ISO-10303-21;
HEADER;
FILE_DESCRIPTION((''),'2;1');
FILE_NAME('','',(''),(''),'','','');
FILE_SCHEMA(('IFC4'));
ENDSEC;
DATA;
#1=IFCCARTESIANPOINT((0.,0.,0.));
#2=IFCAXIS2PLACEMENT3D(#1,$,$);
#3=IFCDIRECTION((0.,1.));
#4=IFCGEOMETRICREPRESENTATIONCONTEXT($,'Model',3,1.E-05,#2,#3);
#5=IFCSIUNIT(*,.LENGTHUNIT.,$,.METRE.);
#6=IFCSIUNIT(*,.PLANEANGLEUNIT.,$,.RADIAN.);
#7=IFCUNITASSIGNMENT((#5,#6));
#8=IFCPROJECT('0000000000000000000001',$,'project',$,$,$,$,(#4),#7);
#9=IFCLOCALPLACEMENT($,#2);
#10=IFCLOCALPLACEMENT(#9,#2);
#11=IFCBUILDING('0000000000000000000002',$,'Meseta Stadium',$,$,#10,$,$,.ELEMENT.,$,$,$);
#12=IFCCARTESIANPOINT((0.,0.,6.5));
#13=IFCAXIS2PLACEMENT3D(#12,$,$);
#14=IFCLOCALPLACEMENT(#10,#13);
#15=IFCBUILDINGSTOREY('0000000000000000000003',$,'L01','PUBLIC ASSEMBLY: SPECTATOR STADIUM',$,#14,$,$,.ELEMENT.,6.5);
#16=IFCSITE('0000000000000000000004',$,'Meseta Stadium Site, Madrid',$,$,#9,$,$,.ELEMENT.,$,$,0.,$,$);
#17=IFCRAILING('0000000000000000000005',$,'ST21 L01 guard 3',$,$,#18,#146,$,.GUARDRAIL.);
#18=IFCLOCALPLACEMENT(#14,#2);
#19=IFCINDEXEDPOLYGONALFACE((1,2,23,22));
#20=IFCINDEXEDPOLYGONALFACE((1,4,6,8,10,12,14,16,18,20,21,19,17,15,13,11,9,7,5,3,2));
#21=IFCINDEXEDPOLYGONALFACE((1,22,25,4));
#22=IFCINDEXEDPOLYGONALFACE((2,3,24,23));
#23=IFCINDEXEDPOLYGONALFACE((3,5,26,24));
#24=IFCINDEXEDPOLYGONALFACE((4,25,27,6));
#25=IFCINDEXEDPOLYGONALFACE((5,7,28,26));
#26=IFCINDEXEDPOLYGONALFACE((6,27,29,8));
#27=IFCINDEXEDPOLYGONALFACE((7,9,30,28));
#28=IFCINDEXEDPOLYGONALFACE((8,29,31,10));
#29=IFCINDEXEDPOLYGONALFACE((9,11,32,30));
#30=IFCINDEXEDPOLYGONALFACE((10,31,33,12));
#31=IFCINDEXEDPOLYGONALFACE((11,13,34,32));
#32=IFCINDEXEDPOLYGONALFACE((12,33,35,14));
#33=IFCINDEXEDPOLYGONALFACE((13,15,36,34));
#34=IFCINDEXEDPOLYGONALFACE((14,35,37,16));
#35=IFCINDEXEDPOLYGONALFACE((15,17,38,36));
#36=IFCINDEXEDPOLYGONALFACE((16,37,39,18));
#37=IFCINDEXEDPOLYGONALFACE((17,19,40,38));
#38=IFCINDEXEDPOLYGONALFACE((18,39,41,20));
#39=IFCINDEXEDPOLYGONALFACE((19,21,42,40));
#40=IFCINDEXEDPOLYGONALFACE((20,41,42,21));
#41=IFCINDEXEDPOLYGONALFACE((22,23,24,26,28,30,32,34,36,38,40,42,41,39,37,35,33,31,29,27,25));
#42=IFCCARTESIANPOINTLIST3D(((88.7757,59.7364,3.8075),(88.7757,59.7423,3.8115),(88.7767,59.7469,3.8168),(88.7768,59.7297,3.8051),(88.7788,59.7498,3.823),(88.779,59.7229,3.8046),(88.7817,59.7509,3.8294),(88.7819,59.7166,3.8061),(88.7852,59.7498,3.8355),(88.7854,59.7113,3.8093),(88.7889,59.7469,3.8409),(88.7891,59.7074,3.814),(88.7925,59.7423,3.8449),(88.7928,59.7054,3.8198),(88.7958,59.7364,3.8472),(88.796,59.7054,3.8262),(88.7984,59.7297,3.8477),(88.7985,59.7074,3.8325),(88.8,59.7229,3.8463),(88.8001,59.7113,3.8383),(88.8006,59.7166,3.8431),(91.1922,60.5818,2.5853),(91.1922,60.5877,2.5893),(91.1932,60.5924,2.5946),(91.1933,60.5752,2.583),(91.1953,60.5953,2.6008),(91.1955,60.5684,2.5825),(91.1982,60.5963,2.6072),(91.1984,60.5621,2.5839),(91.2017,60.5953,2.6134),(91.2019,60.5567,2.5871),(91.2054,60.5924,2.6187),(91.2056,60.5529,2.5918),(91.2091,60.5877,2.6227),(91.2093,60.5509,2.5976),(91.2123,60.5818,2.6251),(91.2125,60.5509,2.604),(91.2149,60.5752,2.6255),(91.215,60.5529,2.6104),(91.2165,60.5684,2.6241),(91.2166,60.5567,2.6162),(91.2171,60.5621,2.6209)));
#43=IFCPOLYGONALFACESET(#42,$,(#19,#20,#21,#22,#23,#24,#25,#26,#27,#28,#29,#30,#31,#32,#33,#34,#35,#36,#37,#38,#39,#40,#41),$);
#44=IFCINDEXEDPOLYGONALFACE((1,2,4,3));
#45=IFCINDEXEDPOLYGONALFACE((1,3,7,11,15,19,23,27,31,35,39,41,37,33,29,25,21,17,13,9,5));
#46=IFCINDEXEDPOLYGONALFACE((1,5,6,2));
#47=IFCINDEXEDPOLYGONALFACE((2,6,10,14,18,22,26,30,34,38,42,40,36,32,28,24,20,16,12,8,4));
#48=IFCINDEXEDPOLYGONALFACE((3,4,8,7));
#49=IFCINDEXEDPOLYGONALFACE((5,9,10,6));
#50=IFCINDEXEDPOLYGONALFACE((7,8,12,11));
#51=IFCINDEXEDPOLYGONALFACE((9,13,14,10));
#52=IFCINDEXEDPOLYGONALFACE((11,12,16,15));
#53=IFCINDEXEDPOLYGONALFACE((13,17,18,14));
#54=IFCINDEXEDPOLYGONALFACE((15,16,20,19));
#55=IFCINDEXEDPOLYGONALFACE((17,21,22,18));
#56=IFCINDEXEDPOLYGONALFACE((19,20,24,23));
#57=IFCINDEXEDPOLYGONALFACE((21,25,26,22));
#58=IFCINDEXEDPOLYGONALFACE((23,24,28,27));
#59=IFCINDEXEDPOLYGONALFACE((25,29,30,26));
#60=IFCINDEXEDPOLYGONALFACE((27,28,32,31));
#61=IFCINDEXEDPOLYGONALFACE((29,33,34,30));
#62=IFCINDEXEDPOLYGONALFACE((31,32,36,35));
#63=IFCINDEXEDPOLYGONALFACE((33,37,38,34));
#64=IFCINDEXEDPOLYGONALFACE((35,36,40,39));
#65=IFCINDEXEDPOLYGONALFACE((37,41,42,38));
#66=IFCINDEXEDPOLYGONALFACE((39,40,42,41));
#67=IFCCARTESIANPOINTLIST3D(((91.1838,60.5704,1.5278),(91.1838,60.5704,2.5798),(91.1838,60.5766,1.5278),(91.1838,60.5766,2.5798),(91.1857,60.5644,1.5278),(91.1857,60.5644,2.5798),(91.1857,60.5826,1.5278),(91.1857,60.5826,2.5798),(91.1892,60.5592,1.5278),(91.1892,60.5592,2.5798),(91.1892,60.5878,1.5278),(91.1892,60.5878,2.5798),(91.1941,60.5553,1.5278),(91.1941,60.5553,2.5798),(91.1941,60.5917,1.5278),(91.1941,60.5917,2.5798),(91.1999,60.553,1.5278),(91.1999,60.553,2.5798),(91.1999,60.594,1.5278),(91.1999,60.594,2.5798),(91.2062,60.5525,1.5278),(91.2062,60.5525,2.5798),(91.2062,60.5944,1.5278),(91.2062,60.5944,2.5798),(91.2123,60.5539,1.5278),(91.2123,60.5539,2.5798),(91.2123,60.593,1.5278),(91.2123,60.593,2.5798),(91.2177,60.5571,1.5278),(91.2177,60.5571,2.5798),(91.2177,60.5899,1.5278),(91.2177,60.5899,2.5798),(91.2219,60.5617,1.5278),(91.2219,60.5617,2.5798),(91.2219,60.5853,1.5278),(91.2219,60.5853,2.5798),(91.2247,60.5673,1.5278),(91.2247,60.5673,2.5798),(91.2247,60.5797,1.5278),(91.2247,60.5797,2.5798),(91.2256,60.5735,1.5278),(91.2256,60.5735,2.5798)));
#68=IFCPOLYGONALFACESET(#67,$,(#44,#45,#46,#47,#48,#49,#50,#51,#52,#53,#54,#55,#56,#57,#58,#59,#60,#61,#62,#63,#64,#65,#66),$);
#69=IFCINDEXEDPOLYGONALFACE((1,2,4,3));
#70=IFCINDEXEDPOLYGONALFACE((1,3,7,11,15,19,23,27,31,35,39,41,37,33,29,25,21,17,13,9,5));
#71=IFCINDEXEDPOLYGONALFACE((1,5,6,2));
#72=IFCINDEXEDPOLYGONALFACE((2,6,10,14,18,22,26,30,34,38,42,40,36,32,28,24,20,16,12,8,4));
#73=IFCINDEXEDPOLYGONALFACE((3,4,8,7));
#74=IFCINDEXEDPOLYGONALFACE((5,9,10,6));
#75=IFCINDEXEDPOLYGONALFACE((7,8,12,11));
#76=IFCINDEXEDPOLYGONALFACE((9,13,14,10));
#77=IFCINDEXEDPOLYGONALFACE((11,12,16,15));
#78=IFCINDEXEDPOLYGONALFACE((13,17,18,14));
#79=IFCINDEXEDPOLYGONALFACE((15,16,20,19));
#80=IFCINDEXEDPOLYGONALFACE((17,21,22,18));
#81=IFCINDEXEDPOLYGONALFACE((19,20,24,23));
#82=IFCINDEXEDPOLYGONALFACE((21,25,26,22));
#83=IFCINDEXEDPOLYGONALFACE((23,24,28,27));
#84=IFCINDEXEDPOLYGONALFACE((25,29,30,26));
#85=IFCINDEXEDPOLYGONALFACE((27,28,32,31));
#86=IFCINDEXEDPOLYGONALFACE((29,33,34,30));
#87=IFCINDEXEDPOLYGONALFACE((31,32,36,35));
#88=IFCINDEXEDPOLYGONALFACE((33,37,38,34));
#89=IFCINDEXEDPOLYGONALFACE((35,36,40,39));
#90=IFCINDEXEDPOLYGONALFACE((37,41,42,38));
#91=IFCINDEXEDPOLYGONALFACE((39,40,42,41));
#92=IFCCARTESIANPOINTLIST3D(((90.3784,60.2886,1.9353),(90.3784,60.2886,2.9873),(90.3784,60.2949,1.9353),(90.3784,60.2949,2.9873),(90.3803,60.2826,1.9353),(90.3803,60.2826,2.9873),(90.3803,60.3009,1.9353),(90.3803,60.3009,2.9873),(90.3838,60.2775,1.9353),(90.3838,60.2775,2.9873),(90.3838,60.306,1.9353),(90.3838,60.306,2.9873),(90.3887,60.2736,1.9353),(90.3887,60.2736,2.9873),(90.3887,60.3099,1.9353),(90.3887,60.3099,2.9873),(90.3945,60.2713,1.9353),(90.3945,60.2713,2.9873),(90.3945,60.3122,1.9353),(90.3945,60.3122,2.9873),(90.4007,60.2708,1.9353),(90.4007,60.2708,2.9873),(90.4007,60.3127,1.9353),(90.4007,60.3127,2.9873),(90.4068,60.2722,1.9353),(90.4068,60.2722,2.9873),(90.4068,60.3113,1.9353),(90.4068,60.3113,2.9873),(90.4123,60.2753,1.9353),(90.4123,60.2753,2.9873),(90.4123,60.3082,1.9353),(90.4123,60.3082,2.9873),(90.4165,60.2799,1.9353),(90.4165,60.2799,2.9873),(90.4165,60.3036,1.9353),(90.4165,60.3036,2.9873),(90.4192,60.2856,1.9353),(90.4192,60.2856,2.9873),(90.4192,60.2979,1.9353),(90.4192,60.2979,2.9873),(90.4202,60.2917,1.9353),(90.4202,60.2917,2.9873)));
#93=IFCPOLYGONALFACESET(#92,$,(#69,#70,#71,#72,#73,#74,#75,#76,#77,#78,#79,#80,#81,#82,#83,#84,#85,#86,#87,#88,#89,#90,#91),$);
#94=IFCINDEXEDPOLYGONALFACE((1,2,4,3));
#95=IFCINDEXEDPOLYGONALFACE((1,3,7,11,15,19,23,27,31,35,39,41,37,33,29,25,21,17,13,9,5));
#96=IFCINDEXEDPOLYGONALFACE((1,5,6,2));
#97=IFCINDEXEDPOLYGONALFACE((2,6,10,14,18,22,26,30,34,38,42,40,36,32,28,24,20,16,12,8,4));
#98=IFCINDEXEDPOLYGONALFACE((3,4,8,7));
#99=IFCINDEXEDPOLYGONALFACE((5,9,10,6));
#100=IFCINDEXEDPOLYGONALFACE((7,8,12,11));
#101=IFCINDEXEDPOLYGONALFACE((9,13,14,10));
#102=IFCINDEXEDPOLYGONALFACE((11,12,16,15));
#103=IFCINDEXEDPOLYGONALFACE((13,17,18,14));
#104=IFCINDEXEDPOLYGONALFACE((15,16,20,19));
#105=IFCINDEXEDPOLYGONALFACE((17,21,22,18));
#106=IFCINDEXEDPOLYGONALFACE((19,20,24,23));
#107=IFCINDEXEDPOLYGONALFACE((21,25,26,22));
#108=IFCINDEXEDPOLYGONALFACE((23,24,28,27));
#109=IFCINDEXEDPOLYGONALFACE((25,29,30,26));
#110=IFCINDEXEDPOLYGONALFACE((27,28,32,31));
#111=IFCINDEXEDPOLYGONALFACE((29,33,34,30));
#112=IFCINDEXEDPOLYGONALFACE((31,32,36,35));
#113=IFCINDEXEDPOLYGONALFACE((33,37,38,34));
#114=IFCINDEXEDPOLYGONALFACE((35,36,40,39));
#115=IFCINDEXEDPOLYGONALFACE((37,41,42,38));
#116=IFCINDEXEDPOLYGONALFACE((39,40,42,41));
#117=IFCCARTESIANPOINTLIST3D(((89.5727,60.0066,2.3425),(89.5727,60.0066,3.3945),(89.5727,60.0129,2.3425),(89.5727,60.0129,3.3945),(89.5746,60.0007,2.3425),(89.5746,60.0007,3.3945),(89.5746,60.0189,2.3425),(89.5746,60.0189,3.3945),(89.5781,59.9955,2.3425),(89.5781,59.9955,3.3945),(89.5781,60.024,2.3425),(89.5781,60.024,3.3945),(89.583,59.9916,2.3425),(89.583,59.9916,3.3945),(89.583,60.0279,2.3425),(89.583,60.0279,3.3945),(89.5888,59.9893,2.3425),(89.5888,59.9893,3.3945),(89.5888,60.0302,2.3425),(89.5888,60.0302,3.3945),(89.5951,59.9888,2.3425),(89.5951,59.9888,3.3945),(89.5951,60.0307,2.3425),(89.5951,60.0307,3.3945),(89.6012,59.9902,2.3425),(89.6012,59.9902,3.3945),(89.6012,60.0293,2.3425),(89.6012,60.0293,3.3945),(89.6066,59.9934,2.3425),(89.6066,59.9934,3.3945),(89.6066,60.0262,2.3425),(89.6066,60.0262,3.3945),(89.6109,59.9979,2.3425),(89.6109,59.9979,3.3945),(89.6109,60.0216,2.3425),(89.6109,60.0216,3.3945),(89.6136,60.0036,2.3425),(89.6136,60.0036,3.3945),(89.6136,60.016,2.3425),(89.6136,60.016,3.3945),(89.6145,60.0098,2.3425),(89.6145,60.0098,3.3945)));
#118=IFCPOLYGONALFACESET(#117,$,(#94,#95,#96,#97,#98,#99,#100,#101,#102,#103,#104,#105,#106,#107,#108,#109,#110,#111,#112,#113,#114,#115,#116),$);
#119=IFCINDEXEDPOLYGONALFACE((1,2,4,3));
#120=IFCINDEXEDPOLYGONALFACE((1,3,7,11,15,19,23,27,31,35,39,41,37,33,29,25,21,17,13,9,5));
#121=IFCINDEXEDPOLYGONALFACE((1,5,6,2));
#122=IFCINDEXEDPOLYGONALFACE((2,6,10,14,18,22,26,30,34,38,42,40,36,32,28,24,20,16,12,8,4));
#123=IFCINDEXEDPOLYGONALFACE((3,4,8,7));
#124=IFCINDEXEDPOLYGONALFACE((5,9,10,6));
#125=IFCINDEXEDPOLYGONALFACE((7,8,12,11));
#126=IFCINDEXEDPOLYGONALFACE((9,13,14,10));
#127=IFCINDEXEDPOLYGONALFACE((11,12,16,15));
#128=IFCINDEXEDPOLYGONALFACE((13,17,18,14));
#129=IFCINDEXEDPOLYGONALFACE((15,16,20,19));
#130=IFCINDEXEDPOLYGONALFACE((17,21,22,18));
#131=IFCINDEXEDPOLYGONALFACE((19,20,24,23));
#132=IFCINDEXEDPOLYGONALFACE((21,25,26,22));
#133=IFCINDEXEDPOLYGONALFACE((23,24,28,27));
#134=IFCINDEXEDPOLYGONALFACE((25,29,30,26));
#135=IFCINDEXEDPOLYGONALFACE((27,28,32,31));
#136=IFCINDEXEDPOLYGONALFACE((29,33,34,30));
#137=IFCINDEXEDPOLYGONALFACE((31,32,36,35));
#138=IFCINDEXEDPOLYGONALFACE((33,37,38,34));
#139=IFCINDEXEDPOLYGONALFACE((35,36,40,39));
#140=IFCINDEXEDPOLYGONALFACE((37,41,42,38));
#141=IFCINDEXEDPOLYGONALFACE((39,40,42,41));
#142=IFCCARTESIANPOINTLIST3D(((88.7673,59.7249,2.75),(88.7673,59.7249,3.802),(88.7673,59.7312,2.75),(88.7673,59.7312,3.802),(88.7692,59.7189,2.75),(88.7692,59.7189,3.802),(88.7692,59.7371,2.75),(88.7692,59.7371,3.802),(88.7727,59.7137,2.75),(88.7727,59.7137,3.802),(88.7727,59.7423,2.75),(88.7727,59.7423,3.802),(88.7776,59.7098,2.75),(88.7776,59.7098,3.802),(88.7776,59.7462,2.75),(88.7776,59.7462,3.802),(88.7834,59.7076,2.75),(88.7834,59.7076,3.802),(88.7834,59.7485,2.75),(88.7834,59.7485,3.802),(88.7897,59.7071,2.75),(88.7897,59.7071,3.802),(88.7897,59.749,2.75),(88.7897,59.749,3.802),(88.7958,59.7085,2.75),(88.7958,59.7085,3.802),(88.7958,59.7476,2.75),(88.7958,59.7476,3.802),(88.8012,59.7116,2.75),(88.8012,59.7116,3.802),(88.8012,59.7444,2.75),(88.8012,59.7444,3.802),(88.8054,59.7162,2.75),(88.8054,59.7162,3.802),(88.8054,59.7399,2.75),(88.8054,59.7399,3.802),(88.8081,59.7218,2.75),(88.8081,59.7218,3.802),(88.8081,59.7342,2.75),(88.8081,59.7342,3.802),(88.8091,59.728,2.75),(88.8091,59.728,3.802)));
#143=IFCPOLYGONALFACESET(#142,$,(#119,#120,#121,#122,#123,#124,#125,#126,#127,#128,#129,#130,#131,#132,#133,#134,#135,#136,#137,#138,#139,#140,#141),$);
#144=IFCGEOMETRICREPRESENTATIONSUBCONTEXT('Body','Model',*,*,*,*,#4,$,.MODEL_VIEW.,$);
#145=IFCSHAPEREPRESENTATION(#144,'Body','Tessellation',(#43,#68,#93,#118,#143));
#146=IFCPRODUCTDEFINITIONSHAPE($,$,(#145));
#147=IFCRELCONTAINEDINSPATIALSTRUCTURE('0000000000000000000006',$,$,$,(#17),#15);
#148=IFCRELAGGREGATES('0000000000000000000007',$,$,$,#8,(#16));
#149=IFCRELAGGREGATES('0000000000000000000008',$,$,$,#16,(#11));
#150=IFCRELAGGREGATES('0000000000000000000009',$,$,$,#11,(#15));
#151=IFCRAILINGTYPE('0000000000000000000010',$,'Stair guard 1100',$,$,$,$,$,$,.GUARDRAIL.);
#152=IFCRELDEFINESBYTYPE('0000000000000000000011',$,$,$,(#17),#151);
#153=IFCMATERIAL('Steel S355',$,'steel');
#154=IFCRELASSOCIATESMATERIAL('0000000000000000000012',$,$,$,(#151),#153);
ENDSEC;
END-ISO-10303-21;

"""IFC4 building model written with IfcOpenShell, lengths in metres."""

from ifc_helpers import new_model, si_unit, direction, frame, origin, origin_2d, place, context, subcontext, project, spatial, circle, extrude, material, type_object, element, save


model = new_model("IFC4")

# Units and contexts
model_context = context("Model", 3, precision=1e-05, world=origin(), true_north=direction((0.0, 1.0)))
body_context = subcontext(model_context, "Body", "Model", "MODEL_VIEW")
ifc_project = project(units=[si_unit("LENGTHUNIT", "METRE"), si_unit("PLANEANGLEUNIT", "RADIAN")], contexts=[model_context])

# Site, building, storey
site_placement = place(None, origin())
site = spatial("IfcSite", under=ifc_project, at=site_placement, Name="Meseta Stadium Site, Madrid", CompositionType="ELEMENT", RefElevation=0.0)
building_placement = place(site_placement, origin())
building = spatial("IfcBuilding", under=site, at=building_placement, Name="Meseta Stadium", CompositionType="ELEMENT")
storey_placement = place(building_placement, frame((0.0, 0.0, 6.5)))
storey = spatial("IfcBuildingStorey", under=building, at=storey_placement, Name="L01", Description="PUBLIC ASSEMBLY: SPECTATOR STADIUM", CompositionType="ELEMENT", Elevation=6.5)

# Railing
ifc_material_1 = material(Name="Steel S355", Category="steel")
railing_type_1 = type_object("IfcRailingType", Name="Stair guard 1100", PredefinedType="GUARDRAIL", material=ifc_material_1)
railing_1_placement = place(storey_placement, frame((91.2046, 60.5735, 1.5278)))
element("IfcRailing", 1, at=railing_1_placement, inside=storey, type_object=railing_type_1, Name="ST21 L01 guard 3", PredefinedType="GUARDRAIL", context=body_context, shape_type="SweptSolid", body=[
    extrude(circle(Radius=0.0239, at=origin_2d()), frame((0.0, 0.0, 1.0762), z_axis=(-0.851812, -0.298022, 0.430811), x_axis=(0.33024, -0.943897, 0.0)), (0.0, 0.0, 1.0), 2.8369),
    extrude(circle(Radius=0.021, at=origin_2d()), origin(), (0.0, 0.0, 1.0), 1.052),
    extrude(circle(Radius=0.021, at=origin_2d()), frame((-0.8054, -0.2817, 0.4075)), (0.0, 0.0, 1.0), 1.052),
    extrude(circle(Radius=0.021, at=origin_2d()), frame((-1.6111, -0.5637, 0.8147)), (0.0, 0.0, 1.0), 1.052),
    extrude(circle(Radius=0.021, at=origin_2d()), frame((-2.4165, -0.8455, 1.2222)), (0.0, 0.0, 1.0), 1.052),
])

save(model, "model.ifc")
